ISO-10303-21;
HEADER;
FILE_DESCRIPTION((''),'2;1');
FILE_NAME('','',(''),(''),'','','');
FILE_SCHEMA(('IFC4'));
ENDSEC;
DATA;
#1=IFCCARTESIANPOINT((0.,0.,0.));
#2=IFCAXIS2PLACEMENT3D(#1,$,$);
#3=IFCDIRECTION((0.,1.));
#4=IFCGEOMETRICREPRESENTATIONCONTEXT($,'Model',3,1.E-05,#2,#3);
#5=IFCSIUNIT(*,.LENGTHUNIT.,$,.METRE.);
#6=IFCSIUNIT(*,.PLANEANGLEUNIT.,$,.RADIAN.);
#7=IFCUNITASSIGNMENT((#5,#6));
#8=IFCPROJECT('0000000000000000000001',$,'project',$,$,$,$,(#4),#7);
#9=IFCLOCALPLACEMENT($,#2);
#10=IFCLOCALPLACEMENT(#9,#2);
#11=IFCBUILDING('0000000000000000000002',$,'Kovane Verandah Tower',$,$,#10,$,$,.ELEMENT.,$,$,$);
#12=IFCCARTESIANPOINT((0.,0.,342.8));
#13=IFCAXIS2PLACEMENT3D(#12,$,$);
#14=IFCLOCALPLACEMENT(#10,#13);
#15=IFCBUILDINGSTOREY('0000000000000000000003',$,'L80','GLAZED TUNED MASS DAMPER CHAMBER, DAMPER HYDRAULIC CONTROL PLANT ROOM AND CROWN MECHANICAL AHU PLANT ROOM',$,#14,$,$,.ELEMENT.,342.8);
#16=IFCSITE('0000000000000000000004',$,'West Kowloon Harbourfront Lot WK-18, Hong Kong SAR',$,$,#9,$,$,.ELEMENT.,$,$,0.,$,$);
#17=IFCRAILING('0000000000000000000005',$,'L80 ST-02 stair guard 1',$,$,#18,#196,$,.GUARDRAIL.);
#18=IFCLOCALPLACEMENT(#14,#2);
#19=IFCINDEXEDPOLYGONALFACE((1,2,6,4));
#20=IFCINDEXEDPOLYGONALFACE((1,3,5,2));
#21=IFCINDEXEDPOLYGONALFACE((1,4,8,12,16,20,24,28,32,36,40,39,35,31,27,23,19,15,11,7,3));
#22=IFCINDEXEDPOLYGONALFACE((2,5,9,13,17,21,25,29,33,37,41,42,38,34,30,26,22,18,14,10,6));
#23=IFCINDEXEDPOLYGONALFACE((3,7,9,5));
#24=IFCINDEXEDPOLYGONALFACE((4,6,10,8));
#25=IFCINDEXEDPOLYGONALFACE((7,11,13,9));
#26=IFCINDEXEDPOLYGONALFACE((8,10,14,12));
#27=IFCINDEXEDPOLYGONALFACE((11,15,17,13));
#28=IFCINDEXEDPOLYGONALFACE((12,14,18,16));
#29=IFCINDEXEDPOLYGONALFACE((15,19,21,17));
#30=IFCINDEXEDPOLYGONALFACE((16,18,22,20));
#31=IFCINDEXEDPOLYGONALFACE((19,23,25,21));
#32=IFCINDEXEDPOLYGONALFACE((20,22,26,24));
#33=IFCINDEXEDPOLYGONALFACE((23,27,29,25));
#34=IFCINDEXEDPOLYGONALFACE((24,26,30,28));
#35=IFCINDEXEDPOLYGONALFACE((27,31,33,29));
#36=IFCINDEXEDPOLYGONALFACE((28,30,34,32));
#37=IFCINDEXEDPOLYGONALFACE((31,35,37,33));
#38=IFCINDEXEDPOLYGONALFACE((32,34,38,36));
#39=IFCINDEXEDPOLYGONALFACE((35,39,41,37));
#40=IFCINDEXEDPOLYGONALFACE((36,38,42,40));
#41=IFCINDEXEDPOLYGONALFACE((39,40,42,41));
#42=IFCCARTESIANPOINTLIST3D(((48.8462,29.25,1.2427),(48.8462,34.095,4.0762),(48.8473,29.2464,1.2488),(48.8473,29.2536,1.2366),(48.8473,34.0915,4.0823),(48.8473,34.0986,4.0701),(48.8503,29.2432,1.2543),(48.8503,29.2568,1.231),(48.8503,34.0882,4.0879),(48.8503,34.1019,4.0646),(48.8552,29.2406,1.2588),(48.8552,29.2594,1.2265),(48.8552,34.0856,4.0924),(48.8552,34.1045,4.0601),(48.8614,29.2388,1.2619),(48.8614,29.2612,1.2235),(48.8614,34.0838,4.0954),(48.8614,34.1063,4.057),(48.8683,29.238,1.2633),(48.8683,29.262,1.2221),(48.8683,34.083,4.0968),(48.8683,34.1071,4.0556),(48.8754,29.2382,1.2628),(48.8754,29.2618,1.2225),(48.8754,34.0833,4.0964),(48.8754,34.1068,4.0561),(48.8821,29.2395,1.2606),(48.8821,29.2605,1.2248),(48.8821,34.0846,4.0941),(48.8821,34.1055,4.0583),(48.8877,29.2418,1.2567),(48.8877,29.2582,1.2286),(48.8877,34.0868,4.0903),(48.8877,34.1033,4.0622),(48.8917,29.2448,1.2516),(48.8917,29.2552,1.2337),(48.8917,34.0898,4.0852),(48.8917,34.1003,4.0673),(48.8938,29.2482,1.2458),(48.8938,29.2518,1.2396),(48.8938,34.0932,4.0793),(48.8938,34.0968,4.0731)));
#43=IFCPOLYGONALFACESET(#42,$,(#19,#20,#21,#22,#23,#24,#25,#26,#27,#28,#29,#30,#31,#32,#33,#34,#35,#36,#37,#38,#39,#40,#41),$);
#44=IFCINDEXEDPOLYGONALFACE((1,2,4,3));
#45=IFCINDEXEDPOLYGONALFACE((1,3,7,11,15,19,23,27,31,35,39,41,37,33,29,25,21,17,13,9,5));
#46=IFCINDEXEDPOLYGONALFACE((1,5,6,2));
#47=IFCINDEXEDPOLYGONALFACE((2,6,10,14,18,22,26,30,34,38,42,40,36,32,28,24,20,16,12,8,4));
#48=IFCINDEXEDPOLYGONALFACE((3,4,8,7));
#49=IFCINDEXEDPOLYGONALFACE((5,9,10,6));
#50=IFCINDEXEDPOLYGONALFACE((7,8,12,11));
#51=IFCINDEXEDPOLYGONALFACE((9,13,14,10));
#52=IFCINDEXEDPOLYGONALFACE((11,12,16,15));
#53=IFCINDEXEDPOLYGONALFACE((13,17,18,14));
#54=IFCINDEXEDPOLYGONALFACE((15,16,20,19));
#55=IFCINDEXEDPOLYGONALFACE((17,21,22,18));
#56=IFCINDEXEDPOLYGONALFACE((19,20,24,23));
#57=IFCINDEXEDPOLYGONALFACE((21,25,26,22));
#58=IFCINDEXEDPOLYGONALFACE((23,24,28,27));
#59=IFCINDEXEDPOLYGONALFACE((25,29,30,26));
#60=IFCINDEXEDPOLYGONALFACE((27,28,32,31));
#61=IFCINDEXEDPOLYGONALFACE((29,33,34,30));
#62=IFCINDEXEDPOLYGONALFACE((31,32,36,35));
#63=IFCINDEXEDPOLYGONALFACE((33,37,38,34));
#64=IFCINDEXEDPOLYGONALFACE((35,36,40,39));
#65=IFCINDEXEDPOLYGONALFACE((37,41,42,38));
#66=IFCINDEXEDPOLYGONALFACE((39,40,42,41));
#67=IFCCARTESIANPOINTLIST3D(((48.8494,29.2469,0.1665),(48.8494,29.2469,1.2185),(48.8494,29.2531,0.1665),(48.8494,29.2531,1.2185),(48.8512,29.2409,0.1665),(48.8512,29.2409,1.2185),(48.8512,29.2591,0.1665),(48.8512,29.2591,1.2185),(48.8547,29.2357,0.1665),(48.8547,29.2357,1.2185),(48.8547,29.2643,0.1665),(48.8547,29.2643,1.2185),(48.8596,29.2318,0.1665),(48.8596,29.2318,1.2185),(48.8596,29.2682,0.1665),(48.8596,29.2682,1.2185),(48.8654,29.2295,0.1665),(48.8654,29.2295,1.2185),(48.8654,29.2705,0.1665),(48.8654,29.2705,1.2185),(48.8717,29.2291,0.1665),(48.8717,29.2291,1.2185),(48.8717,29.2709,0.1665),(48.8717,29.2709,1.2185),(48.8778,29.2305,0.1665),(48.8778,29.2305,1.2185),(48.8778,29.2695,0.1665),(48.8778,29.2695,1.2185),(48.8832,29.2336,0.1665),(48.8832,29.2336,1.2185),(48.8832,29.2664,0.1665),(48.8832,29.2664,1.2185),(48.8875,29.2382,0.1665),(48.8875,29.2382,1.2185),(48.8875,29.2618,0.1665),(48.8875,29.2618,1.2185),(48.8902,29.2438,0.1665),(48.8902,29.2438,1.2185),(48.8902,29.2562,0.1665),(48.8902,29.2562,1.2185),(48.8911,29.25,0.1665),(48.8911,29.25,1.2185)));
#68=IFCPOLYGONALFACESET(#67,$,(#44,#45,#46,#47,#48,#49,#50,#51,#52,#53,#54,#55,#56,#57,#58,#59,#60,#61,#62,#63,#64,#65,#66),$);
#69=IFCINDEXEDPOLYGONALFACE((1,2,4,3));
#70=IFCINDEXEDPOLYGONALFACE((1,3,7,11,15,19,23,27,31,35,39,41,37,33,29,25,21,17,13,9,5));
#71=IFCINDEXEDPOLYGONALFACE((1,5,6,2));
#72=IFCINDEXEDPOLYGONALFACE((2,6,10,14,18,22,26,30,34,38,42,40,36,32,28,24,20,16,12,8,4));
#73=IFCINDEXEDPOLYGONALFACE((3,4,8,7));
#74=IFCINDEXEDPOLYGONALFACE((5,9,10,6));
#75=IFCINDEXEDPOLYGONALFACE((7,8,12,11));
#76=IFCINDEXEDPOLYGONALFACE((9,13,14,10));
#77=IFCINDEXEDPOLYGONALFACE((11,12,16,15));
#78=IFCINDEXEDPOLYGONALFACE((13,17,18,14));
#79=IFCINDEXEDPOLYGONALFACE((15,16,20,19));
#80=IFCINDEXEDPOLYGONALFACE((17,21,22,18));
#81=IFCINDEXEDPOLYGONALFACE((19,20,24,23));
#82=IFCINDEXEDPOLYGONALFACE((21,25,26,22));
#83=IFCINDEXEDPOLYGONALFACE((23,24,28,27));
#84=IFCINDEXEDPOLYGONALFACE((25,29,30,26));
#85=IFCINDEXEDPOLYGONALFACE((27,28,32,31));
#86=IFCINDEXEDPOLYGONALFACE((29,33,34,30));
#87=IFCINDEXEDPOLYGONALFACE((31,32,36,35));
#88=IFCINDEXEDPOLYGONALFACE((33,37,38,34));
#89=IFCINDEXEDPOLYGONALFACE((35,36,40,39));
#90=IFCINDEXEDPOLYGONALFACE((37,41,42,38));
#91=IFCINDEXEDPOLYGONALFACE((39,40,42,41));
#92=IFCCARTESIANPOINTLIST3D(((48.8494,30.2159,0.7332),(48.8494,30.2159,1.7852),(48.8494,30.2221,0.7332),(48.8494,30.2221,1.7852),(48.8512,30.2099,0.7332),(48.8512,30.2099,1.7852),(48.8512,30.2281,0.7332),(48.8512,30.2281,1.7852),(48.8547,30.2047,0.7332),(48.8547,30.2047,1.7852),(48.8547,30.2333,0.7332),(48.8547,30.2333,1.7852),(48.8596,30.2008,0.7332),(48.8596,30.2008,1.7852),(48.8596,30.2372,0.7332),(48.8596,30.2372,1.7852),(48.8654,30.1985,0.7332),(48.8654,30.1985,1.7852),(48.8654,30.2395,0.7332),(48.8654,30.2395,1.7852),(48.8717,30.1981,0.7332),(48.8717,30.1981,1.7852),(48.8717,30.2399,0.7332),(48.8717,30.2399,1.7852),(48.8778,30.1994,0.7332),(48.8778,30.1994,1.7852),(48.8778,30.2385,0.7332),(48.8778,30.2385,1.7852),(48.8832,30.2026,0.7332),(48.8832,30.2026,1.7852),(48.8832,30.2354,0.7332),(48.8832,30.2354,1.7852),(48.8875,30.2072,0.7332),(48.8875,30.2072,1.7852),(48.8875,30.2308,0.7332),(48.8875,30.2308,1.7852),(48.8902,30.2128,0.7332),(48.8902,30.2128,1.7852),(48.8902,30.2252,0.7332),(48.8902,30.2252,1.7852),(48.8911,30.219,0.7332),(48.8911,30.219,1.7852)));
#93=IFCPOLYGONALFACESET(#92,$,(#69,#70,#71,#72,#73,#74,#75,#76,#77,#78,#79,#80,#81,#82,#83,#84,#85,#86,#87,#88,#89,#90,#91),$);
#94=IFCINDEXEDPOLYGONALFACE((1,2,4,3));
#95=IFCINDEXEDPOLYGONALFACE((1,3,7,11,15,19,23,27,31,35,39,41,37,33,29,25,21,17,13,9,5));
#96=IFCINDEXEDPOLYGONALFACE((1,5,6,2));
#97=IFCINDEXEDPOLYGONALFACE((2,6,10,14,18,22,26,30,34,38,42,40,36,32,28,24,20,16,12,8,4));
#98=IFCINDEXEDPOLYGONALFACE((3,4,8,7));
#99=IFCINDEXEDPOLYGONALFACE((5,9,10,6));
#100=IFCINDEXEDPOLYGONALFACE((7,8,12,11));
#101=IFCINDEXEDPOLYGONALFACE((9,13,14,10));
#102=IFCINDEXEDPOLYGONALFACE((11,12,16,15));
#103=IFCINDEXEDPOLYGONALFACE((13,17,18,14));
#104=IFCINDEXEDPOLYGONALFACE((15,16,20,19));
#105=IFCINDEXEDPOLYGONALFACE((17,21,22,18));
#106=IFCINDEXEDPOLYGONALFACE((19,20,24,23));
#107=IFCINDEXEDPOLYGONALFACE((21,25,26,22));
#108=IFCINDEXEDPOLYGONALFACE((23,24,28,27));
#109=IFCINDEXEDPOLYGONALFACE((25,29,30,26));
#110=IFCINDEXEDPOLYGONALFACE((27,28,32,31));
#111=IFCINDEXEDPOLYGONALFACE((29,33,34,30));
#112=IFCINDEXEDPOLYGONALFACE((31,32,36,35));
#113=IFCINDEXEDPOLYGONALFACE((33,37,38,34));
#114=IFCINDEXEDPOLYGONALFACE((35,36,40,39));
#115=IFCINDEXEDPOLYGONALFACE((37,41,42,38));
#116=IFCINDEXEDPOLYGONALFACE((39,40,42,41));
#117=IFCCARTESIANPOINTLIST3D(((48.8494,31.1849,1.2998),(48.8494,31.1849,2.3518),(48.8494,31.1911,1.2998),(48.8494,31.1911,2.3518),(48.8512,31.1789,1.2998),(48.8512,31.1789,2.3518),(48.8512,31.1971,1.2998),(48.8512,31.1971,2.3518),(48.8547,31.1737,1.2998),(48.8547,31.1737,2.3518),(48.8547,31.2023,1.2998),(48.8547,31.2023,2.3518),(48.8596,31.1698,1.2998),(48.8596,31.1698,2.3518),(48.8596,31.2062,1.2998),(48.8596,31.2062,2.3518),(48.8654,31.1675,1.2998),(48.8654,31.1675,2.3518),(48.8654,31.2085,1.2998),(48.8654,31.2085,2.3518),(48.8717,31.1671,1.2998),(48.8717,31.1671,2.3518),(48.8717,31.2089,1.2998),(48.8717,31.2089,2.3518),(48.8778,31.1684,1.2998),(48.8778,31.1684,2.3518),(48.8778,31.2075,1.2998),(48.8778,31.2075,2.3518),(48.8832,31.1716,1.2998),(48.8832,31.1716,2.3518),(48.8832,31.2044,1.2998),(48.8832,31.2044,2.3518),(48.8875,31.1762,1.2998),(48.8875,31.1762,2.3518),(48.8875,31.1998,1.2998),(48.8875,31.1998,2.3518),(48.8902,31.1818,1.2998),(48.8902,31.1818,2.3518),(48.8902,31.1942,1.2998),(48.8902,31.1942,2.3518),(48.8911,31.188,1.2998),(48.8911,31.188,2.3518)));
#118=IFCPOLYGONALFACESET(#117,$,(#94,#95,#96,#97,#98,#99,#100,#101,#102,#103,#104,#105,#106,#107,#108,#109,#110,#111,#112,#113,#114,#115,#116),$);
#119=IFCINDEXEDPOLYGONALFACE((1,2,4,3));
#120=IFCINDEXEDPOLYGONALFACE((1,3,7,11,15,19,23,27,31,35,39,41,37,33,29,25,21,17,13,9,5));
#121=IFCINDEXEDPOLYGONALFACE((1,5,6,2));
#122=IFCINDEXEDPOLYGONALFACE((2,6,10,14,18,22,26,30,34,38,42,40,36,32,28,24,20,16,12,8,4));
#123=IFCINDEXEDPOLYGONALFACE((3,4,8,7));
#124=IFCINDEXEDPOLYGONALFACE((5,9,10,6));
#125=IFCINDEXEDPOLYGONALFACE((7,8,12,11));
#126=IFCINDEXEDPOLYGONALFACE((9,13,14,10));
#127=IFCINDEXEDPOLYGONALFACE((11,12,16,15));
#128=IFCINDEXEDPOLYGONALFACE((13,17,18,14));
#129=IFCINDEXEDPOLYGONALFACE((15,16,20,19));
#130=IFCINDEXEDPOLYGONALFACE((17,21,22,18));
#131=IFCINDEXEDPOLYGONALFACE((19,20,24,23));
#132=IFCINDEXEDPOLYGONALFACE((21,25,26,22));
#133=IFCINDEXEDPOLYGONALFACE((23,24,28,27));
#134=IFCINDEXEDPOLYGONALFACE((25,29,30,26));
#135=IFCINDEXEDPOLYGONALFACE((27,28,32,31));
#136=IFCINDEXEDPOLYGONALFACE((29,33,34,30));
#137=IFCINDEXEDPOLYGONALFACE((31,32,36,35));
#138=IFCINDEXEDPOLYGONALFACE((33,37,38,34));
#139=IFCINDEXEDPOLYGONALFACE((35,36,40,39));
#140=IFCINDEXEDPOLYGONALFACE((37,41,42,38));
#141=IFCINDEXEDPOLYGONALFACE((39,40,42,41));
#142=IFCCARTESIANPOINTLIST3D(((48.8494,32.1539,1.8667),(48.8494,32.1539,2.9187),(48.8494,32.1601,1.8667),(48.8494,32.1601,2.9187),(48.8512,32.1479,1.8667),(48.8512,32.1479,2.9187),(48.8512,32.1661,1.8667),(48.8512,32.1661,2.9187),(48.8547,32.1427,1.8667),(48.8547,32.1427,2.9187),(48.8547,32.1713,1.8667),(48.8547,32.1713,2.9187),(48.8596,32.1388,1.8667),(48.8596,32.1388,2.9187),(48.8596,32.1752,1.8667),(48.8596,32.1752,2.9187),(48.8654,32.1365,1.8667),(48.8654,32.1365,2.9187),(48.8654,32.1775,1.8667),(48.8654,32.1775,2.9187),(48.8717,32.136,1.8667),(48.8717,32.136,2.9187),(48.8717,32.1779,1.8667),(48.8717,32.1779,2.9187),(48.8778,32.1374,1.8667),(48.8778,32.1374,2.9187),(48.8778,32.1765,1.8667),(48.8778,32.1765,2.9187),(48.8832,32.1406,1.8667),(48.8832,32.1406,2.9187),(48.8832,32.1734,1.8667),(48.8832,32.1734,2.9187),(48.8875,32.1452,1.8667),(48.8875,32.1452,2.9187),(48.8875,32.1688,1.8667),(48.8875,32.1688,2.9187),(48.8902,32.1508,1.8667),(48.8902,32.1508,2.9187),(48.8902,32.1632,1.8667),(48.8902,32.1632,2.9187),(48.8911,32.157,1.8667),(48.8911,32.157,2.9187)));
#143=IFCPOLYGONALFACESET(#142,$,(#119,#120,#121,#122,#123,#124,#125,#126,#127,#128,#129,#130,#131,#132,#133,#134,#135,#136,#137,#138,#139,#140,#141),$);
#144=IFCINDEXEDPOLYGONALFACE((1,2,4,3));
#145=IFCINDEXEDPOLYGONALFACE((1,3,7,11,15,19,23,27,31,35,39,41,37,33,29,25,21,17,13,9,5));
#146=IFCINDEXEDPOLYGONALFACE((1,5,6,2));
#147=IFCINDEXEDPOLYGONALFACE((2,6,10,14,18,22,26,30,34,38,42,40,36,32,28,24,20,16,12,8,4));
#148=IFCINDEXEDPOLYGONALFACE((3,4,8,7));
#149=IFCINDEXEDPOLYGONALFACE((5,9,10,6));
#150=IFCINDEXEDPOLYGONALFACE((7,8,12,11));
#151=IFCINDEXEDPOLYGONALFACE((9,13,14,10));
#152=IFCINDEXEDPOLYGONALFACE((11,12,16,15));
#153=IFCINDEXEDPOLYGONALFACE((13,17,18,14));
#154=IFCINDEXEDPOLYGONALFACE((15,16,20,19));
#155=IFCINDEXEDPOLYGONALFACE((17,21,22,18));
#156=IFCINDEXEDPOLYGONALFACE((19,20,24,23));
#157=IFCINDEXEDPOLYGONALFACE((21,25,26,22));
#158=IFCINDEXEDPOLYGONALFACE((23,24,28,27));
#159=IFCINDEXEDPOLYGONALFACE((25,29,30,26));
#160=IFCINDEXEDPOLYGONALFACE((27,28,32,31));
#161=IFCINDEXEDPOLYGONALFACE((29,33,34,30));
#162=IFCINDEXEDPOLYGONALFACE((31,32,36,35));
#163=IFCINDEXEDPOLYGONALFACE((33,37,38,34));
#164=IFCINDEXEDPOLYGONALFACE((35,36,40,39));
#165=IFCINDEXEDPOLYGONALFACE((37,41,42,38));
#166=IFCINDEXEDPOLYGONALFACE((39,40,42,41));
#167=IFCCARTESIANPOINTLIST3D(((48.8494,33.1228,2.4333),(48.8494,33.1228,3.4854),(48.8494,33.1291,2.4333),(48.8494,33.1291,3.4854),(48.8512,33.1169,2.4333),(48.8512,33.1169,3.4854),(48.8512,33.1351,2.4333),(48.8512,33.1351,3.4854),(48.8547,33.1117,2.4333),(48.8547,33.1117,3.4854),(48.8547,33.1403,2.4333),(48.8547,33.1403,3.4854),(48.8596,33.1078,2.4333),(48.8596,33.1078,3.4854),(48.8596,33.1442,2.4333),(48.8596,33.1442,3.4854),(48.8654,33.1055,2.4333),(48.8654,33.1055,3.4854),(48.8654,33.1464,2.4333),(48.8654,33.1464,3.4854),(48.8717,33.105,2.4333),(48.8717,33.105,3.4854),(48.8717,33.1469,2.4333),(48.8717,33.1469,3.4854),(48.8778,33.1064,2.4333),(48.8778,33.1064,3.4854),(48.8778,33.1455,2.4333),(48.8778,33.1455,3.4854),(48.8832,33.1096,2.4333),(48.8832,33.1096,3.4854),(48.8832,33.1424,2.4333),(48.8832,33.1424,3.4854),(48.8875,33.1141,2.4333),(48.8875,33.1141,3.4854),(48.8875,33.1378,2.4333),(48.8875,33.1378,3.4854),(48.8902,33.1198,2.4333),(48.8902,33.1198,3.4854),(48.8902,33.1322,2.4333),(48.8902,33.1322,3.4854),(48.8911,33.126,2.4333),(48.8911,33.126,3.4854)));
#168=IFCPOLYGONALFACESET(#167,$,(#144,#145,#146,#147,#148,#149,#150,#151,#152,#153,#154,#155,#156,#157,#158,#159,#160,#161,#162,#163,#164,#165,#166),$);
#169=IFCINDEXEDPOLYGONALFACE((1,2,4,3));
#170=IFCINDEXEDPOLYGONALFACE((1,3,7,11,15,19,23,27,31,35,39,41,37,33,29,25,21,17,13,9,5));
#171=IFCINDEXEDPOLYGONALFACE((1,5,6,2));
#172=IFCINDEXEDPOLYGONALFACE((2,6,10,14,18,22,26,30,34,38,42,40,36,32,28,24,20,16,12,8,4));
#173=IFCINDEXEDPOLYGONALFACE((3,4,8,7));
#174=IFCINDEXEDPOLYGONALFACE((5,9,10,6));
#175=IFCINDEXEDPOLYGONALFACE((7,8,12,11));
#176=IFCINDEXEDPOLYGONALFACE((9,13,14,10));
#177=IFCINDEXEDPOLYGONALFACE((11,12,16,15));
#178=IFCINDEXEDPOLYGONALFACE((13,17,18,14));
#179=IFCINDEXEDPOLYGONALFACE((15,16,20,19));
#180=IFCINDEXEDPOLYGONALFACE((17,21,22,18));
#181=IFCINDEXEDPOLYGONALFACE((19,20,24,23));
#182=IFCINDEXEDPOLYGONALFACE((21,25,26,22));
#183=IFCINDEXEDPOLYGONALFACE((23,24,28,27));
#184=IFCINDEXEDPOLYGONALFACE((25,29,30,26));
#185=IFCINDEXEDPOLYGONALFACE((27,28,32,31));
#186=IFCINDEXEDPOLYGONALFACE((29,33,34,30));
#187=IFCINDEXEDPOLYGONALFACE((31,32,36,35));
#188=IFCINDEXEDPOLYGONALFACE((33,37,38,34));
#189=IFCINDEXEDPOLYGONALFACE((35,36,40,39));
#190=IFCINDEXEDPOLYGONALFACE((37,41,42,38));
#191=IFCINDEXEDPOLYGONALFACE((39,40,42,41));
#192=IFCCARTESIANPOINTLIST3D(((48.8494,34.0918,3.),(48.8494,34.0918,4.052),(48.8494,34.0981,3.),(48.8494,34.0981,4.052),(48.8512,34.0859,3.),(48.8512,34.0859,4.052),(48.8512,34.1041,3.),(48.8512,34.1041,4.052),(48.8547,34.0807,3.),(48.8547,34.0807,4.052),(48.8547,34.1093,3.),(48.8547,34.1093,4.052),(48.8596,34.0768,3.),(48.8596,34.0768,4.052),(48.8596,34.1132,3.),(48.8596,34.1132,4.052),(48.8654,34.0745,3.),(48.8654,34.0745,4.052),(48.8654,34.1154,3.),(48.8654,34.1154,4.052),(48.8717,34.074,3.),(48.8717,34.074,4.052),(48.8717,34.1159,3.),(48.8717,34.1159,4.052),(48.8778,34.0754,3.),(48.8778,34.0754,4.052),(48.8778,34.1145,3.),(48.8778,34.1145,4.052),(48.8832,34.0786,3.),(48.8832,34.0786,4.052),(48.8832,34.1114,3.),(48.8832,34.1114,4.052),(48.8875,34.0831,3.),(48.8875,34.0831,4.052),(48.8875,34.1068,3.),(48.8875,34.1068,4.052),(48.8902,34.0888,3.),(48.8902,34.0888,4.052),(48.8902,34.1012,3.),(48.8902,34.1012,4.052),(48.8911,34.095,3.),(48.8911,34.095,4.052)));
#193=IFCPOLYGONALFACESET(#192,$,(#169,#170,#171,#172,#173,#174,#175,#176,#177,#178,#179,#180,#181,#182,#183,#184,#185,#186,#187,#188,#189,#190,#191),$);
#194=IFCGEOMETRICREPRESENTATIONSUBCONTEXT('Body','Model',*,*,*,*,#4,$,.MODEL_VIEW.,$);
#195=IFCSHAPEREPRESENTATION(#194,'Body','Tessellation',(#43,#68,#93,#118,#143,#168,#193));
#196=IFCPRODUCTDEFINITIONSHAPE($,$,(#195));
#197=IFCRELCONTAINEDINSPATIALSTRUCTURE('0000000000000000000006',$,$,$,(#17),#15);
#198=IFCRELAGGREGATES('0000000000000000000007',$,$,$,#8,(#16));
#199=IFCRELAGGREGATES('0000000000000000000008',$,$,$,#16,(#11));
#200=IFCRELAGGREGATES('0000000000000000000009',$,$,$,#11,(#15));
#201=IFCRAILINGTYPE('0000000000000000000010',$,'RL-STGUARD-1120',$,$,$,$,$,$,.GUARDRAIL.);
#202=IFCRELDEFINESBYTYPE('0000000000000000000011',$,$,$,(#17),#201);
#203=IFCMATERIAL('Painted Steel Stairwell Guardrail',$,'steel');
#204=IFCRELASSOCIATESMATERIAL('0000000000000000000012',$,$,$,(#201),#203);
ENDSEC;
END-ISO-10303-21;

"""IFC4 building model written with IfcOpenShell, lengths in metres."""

from ifc_helpers import new_model, si_unit, direction, frame, origin, origin_2d, place, context, subcontext, project, spatial, circle, extrude, material, type_object, element, save


model = new_model("IFC4")

# Units and contexts
model_context = context("Model", 3, precision=1e-05, world=origin(), true_north=direction((0.0, 1.0)))
body_context = subcontext(model_context, "Body", "Model", "MODEL_VIEW")
ifc_project = project(units=[si_unit("LENGTHUNIT", "METRE"), si_unit("PLANEANGLEUNIT", "RADIAN")], contexts=[model_context])

# Site, building, storey
site_placement = place(None, origin())
site = spatial("IfcSite", under=ifc_project, at=site_placement, Name="West Kowloon Harbourfront Lot WK-18, Hong Kong SAR", CompositionType="ELEMENT", RefElevation=0.0)
building_placement = place(site_placement, origin())
building = spatial("IfcBuilding", under=site, at=building_placement, Name="Kovane Verandah Tower", CompositionType="ELEMENT")
storey_placement = place(building_placement, frame((0.0, 0.0, 342.8)))
storey = spatial("IfcBuildingStorey", under=building, at=storey_placement, Name="L80", Description="GLAZED TUNED MASS DAMPER CHAMBER, DAMPER HYDRAULIC CONTROL PLANT ROOM AND CROWN MECHANICAL AHU PLANT ROOM", CompositionType="ELEMENT", Elevation=342.8)

# Railing
ifc_material_1 = material(Name="Painted Steel Stairwell Guardrail", Category="steel")
railing_type_1 = type_object("IfcRailingType", Name="RL-STGUARD-1120", PredefinedType="GUARDRAIL", material=ifc_material_1)
railing_1_placement = place(storey_placement, frame((48.8701, 29.25, 0.1665)))
element("IfcRailing", 1, at=railing_1_placement, inside=storey, type_object=railing_type_1, Name="L80 ST-02 stair guard 1", PredefinedType="GUARDRAIL", context=body_context, shape_type="SweptSolid", body=[
    extrude(circle(Radius=0.0239, at=origin_2d()), frame((0.0, 0.0, 1.0762), z_axis=(0.0, 0.863215, 0.504836), x_axis=(-1.0, 0.0, 0.0)), (0.0, 0.0, 1.0), 5.6128),
    extrude(circle(Radius=0.021, at=origin_2d()), origin(), (0.0, 0.0, 1.0), 1.052),
    extrude(circle(Radius=0.021, at=origin_2d()), frame((0.0, 0.969, 0.5667)), (0.0, 0.0, 1.0), 1.052),
    extrude(circle(Radius=0.021, at=origin_2d()), frame((0.0, 1.938, 1.1333)), (0.0, 0.0, 1.0), 1.052),
    extrude(circle(Radius=0.021, at=origin_2d()), frame((0.0, 2.907, 1.7002)), (0.0, 0.0, 1.0), 1.052),
    extrude(circle(Radius=0.021, at=origin_2d()), frame((0.0, 3.876, 2.2668)), (0.0, 0.0, 1.0), 1.052),
    extrude(circle(Radius=0.021, at=origin_2d()), frame((0.0, 4.845, 2.8335)), (0.0, 0.0, 1.0), 1.052),
])

save(model, "model.ifc")
